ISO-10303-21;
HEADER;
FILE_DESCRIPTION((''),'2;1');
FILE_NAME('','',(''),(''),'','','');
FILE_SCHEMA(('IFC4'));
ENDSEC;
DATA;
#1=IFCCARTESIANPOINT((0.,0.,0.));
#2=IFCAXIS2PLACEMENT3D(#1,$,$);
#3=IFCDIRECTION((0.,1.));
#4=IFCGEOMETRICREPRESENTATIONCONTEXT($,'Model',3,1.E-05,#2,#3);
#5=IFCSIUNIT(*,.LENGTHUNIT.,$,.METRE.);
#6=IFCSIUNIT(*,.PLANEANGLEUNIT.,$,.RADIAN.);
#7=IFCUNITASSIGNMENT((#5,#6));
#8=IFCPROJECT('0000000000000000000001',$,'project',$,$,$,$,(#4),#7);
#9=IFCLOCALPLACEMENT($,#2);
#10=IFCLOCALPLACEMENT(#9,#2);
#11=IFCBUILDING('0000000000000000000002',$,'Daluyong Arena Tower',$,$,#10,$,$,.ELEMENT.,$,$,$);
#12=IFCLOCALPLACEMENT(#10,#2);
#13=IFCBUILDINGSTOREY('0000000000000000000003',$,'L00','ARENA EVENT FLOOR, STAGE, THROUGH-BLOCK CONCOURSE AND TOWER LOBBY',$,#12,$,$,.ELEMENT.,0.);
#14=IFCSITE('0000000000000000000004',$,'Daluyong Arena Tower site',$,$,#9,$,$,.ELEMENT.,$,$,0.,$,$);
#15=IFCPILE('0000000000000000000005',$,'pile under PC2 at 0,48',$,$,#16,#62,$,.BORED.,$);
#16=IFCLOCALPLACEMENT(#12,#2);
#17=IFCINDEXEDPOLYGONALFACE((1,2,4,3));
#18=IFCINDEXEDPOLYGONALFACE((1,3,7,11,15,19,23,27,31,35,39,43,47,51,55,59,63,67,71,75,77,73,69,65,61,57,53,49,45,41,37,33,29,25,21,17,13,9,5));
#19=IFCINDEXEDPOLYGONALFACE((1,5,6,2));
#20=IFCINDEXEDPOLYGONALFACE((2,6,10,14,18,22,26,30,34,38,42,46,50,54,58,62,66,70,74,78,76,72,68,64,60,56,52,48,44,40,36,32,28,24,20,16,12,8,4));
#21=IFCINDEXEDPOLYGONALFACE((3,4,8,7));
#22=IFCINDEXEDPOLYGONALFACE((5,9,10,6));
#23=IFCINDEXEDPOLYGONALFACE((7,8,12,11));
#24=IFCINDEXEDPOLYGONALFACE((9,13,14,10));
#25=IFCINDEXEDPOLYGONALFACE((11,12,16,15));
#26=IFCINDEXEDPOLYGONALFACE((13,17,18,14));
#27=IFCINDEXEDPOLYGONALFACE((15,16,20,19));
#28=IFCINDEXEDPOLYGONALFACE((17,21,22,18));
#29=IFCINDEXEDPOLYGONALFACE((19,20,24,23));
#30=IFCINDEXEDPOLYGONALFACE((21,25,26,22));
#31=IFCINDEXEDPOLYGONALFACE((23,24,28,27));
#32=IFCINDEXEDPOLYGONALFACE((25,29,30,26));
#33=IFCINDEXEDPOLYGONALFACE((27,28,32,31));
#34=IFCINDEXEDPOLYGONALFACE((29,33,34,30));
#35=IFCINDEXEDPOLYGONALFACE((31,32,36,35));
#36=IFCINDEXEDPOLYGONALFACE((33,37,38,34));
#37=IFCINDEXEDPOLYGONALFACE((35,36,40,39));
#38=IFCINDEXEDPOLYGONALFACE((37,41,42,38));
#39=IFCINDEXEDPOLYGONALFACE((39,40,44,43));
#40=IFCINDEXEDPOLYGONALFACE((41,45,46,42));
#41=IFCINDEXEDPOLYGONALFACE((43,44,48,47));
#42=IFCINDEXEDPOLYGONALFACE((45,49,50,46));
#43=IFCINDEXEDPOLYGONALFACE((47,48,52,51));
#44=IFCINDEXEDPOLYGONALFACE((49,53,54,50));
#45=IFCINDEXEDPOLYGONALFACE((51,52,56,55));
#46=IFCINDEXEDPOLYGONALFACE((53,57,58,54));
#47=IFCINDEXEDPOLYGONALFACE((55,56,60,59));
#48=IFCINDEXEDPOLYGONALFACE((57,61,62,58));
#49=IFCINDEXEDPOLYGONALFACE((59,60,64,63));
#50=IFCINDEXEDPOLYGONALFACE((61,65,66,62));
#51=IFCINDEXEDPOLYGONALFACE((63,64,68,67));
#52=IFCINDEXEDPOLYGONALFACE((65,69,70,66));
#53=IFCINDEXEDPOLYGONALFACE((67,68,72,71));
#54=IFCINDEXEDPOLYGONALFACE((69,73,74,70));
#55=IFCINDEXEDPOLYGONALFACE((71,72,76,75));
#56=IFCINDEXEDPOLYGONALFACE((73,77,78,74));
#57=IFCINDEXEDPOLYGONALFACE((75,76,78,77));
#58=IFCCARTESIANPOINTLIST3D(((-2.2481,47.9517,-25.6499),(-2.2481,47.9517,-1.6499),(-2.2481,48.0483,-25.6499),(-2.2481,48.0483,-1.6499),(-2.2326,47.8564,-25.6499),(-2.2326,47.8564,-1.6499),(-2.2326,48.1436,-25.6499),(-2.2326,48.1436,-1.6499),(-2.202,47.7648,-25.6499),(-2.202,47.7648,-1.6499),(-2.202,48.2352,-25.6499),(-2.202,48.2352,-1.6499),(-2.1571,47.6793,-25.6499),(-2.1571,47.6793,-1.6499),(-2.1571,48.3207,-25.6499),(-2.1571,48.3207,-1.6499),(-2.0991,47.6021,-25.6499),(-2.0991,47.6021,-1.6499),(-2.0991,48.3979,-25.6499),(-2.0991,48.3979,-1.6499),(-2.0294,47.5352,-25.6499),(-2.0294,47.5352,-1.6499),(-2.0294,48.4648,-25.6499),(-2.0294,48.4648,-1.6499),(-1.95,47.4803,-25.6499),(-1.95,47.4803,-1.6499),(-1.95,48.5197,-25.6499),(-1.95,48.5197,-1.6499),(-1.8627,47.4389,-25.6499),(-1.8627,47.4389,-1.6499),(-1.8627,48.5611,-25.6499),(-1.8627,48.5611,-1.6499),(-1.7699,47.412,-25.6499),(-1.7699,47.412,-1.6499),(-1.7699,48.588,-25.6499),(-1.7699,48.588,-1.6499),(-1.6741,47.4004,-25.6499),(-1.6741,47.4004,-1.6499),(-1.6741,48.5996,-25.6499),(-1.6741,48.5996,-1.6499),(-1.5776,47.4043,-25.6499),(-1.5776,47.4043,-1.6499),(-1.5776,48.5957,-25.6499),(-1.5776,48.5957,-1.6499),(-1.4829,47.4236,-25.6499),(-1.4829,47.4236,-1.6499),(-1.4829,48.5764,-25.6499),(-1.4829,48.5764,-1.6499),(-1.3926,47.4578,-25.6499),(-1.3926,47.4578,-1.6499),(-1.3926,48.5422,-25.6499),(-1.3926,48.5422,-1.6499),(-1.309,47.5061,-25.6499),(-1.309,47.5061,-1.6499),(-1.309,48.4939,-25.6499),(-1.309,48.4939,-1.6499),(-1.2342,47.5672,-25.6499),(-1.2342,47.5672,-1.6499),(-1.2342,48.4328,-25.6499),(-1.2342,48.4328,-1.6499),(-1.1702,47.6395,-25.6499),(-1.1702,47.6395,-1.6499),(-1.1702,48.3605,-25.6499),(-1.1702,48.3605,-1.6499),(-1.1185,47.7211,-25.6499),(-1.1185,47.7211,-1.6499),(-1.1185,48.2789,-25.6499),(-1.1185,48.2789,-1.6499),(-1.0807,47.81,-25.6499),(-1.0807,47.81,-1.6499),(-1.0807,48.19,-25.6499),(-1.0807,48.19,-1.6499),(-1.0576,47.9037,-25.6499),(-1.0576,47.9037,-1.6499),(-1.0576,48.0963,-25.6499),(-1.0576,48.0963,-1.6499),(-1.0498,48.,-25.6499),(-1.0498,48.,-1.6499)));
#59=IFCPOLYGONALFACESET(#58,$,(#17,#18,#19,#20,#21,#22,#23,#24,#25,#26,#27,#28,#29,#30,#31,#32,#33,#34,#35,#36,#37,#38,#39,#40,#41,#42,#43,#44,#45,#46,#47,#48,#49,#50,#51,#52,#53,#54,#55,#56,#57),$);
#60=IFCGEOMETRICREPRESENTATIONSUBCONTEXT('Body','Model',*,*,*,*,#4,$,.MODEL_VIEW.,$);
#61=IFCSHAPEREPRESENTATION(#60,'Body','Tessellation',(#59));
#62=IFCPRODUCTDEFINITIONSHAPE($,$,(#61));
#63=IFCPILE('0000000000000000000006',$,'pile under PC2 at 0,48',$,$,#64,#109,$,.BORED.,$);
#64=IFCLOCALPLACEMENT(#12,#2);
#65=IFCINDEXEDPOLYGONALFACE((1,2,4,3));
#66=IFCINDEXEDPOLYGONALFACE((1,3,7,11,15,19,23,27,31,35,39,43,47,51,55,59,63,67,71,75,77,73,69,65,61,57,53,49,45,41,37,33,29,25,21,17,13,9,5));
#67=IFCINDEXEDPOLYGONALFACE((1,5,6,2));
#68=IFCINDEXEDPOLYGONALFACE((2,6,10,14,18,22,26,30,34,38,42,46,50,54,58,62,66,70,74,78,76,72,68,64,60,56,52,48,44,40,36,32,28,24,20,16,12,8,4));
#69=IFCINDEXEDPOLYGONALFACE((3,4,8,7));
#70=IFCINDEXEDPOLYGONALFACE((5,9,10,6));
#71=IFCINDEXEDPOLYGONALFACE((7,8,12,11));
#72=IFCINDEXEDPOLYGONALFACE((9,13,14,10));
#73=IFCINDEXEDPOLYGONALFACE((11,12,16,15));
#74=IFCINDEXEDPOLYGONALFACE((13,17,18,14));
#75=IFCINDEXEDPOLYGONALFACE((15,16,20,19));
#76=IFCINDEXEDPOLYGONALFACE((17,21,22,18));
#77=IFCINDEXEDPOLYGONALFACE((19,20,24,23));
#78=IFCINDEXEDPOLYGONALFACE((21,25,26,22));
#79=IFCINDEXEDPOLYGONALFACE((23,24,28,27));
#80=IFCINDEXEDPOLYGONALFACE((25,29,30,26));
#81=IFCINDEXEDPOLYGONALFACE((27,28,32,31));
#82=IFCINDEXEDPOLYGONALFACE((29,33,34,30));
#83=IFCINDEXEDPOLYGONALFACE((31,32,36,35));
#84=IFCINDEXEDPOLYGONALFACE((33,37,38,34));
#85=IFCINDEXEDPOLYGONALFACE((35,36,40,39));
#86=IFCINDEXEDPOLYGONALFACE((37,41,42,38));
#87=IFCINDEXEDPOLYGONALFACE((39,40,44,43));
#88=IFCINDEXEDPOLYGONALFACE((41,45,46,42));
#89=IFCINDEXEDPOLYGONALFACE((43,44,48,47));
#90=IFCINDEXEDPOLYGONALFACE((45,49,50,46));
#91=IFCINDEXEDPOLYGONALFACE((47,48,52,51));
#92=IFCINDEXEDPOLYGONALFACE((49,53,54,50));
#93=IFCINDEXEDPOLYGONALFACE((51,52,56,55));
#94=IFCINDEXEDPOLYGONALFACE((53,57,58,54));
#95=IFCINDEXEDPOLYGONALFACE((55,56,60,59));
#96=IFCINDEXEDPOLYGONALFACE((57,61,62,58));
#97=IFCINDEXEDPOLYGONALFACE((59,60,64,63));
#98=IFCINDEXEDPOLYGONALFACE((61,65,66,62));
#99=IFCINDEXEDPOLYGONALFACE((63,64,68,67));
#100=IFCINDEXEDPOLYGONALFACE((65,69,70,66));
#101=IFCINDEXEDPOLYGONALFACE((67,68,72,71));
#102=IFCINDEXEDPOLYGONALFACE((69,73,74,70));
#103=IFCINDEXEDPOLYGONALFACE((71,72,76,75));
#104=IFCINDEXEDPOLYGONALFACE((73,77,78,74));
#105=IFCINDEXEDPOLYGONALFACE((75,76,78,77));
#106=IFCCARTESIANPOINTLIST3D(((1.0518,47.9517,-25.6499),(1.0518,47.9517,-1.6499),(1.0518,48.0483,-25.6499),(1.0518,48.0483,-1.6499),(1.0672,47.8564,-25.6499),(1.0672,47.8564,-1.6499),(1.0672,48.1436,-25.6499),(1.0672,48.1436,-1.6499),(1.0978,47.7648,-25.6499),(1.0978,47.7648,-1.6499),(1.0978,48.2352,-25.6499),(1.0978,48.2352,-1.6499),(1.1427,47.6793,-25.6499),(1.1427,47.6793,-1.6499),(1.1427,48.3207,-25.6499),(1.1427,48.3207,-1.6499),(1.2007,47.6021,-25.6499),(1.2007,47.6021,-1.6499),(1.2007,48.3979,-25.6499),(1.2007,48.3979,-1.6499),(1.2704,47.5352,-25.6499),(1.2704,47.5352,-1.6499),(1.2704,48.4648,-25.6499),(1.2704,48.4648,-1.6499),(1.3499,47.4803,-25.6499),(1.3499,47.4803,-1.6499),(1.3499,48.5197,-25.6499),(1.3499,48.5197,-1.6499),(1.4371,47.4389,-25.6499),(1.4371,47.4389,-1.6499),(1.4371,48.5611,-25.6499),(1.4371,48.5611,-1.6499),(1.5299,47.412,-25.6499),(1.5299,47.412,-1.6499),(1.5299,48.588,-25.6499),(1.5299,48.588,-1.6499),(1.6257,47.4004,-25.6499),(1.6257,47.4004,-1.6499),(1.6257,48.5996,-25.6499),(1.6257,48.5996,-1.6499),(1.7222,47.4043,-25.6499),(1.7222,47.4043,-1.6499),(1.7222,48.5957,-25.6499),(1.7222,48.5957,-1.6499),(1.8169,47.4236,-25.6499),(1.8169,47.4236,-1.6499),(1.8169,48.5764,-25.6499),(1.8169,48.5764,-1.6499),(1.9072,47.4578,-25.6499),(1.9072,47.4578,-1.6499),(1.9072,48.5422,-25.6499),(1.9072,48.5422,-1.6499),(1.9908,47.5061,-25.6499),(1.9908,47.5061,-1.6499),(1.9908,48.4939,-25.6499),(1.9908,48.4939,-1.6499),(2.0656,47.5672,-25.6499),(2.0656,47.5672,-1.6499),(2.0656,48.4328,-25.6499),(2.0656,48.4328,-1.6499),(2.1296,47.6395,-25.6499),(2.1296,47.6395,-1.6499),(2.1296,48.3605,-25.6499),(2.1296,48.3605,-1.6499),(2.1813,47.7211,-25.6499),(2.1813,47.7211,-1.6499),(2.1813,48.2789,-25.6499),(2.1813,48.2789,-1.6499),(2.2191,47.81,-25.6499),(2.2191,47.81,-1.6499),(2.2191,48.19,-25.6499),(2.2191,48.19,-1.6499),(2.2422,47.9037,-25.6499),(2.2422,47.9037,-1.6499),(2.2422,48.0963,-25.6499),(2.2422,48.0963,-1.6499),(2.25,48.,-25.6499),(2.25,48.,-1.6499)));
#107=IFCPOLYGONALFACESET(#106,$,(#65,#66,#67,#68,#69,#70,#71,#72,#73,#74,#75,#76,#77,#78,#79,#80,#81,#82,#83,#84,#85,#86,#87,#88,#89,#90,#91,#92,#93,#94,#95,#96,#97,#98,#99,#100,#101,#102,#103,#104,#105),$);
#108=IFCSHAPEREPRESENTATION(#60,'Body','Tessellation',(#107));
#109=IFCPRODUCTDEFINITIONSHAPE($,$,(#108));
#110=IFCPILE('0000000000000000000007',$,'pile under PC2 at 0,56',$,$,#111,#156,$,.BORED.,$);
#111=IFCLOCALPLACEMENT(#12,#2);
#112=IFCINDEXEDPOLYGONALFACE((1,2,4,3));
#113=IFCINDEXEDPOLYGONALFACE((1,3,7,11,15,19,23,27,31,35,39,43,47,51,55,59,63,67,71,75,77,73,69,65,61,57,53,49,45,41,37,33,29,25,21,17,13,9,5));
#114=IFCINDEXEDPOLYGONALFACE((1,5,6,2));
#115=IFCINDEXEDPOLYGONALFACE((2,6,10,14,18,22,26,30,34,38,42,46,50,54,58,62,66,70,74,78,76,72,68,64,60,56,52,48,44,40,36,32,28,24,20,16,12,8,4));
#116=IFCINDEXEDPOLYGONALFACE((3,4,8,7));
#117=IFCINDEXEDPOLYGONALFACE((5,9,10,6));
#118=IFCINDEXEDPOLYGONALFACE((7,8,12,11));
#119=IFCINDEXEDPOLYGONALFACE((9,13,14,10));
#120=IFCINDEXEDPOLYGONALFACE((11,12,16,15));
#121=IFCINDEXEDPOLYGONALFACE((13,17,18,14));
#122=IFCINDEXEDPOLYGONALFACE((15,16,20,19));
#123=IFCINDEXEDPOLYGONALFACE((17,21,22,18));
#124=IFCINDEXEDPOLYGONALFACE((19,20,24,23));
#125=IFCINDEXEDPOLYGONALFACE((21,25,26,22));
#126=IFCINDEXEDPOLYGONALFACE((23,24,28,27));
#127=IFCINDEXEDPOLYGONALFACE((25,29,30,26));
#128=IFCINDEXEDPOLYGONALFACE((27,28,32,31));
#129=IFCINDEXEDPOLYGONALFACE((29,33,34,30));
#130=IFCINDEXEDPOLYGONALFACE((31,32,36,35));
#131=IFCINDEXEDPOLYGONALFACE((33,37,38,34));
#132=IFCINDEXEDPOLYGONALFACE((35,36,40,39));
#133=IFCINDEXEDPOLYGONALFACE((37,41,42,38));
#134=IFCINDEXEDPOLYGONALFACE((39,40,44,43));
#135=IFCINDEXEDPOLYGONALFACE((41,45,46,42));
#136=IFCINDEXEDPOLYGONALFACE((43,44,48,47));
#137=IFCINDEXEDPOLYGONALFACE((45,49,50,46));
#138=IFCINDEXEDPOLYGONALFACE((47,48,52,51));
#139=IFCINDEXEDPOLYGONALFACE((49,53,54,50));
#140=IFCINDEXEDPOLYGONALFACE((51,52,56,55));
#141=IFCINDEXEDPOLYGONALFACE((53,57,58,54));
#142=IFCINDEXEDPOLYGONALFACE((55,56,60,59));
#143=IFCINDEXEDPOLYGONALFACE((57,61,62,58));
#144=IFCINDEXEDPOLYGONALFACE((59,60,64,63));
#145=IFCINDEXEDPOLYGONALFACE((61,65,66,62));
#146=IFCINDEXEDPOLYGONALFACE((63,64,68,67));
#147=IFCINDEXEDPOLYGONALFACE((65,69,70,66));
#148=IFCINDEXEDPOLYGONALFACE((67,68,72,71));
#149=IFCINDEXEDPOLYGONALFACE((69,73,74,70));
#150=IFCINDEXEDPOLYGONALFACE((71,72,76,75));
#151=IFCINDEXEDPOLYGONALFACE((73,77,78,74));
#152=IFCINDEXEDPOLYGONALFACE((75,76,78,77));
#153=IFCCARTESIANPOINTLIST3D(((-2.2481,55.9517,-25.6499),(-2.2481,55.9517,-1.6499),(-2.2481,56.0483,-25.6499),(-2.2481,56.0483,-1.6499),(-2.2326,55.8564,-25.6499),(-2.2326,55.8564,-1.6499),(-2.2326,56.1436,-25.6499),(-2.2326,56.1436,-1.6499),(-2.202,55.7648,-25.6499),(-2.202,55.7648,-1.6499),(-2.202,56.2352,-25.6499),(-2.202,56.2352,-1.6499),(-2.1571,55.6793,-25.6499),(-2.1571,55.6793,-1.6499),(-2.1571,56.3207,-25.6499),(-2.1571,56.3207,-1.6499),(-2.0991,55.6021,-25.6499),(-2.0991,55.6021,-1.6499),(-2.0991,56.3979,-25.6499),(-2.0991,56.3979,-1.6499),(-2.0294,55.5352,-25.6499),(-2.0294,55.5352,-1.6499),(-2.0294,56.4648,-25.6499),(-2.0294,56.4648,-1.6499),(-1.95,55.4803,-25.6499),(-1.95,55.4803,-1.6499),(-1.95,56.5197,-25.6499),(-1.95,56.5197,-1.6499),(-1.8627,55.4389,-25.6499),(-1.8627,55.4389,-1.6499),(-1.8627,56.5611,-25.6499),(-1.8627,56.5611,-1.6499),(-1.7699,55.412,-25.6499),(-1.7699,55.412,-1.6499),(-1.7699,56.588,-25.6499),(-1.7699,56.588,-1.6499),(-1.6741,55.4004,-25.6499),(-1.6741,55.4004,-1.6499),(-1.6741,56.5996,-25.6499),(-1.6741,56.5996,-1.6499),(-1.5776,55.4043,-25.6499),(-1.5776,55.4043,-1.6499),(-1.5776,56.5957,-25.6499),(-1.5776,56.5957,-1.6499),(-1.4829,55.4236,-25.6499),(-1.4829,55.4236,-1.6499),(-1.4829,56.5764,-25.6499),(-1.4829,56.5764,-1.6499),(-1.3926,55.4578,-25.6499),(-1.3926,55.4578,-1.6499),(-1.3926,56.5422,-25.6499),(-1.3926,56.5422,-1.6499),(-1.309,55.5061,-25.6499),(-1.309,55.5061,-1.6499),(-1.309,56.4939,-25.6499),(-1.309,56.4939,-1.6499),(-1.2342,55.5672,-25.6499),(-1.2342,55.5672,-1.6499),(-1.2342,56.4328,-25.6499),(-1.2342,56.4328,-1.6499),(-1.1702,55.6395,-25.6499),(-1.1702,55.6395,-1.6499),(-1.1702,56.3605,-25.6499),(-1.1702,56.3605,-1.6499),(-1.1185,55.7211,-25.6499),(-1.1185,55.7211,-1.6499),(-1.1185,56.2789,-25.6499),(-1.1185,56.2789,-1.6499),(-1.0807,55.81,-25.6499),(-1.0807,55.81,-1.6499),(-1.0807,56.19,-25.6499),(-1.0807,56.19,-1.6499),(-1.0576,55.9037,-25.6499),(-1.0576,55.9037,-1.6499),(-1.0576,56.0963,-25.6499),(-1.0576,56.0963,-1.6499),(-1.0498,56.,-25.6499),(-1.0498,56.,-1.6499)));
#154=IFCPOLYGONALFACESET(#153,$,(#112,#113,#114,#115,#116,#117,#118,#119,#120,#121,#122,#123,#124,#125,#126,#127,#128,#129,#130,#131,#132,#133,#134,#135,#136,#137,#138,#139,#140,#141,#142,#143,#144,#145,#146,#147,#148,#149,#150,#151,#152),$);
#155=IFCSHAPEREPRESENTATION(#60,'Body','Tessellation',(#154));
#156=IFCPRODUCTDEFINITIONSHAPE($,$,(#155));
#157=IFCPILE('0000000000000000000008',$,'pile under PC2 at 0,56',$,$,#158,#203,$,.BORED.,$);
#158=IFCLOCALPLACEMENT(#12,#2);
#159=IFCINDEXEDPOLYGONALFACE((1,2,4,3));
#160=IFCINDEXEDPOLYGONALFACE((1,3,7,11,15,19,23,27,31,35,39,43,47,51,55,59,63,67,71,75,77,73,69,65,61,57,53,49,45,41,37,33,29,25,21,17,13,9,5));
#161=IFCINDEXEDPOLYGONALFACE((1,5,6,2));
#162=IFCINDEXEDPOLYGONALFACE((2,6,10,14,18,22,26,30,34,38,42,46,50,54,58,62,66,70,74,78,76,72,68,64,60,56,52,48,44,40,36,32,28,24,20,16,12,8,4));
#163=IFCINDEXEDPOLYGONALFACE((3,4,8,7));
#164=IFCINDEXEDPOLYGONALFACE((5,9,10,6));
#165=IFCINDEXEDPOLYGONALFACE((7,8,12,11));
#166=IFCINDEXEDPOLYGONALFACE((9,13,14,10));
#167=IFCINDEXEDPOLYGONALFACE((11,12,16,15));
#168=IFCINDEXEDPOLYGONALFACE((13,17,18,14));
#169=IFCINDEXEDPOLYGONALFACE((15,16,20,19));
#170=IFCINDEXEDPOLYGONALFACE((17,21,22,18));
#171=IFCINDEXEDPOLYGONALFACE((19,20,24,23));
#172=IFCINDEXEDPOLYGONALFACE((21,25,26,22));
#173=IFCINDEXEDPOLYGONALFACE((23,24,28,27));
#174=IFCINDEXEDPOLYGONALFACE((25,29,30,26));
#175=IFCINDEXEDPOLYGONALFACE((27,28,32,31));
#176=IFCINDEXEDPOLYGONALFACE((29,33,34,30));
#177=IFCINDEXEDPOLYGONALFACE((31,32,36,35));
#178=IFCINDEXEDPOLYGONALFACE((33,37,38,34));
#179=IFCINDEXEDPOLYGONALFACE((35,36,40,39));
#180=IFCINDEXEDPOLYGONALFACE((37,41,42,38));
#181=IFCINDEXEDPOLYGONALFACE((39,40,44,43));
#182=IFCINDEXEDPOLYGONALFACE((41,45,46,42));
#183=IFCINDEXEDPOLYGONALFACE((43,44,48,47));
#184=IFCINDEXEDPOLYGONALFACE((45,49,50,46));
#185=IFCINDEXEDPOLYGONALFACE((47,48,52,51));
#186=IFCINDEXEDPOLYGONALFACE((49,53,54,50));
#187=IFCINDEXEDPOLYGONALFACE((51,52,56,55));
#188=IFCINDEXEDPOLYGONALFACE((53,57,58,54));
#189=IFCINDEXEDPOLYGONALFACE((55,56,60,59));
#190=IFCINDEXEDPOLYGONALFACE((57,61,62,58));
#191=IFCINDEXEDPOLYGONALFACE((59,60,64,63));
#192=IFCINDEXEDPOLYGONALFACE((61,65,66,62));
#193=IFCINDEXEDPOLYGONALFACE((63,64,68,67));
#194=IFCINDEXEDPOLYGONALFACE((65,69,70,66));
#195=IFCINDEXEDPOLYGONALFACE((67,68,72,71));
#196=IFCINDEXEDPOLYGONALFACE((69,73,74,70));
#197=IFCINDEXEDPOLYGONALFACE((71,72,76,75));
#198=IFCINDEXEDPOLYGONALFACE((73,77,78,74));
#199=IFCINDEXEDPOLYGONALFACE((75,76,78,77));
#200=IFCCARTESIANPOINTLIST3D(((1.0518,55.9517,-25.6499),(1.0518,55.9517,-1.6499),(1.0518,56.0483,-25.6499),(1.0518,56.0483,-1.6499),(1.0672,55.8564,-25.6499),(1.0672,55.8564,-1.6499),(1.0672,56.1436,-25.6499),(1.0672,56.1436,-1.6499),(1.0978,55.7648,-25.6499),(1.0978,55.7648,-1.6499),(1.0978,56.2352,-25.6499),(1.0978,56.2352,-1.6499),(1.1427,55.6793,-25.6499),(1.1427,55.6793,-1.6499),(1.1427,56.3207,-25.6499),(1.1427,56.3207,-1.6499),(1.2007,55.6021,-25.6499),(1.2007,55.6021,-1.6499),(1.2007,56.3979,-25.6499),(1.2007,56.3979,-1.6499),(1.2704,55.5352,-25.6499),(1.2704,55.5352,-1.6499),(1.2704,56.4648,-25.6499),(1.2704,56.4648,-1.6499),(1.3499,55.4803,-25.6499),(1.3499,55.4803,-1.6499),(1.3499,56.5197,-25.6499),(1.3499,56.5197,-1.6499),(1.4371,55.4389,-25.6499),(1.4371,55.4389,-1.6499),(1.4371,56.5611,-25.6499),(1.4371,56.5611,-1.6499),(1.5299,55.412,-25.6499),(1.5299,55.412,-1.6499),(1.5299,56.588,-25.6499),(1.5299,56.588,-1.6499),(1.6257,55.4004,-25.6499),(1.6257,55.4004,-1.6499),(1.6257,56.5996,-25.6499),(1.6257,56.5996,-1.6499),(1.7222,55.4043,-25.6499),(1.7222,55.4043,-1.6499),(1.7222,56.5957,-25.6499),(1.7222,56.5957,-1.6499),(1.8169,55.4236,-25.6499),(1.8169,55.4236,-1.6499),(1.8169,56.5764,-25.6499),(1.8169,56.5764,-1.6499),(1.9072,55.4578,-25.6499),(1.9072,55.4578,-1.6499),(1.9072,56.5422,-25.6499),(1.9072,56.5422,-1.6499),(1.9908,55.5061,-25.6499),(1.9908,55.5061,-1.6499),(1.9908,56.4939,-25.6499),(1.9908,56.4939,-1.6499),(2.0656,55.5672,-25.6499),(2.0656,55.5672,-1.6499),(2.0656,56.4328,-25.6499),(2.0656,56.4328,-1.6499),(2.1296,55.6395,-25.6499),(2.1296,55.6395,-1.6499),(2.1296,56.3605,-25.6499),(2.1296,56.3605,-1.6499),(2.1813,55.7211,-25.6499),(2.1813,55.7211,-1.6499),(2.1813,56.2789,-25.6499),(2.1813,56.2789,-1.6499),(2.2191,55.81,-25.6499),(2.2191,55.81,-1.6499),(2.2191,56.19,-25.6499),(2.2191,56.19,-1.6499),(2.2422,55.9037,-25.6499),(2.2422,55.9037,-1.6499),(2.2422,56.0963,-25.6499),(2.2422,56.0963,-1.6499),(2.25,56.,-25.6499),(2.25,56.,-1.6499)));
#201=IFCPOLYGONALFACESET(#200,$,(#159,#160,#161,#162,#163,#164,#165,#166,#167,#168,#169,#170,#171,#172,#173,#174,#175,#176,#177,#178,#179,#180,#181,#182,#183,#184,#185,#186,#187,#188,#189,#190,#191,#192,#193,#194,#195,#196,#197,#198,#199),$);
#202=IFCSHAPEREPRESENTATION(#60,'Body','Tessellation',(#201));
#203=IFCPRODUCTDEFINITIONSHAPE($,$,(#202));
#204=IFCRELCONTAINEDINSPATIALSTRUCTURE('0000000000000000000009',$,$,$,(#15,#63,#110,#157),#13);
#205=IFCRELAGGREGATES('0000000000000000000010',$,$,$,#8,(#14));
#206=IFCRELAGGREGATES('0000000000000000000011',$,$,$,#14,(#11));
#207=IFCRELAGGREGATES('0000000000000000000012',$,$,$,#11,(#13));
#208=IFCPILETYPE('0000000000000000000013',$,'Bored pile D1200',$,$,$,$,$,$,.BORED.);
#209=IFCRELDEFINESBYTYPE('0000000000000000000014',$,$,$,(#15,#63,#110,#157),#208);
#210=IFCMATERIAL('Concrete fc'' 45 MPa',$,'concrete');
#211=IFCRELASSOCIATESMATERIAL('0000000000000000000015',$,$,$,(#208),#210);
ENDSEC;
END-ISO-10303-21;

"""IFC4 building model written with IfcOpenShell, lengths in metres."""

from ifc_helpers import new_model, si_unit, direction, frame, origin, origin_2d, place, context, subcontext, project, spatial, circle, extrude, material, type_object, element, save


model = new_model("IFC4")

# Units and contexts
model_context = context("Model", 3, precision=1e-05, world=origin(), true_north=direction((0.0, 1.0)))
body_context = subcontext(model_context, "Body", "Model", "MODEL_VIEW")
ifc_project = project(units=[si_unit("LENGTHUNIT", "METRE"), si_unit("PLANEANGLEUNIT", "RADIAN")], contexts=[model_context])

# Site, building, storey
site_placement = place(None, origin())
site = spatial("IfcSite", under=ifc_project, at=site_placement, Name="Daluyong Arena Tower site", CompositionType="ELEMENT", RefElevation=0.0)
building_placement = place(site_placement, origin())
building = spatial("IfcBuilding", under=site, at=building_placement, Name="Daluyong Arena Tower", CompositionType="ELEMENT")
storey_placement = place(building_placement, origin())
storey = spatial("IfcBuildingStorey", under=building, at=storey_placement, Name="L00", Description="ARENA EVENT FLOOR, STAGE, THROUGH-BLOCK CONCOURSE AND TOWER LOBBY", CompositionType="ELEMENT", Elevation=0.0)

# Piles
ifc_material_1 = material(Name="Concrete fc' 45 MPa", Category="concrete")
pile_type = type_object("IfcPileType", Name="Bored pile D1200", PredefinedType="BORED", material=ifc_material_1)
for number, where, z_axis, x_axis, name in (
    (1, (-1.6499, 48.0, -1.6499), (0.0, 0.0, -1.0), (1.0, 0.0, 0.0), "pile under PC2 at 0,48"),
    (2, (1.6499, 48.0, -1.6499), (0.0, 0.0, -1.0), (1.0, 0.0, 0.0), "pile under PC2 at 0,48"),
    (3, (-1.6499, 56.0, -1.6499), (0.0, 0.0, -1.0), (1.0, 0.0, 0.0), "pile under PC2 at 0,56"),
    (4, (1.6499, 56.0, -1.6499), (0.0, 0.0, -1.0), (1.0, 0.0, 0.0), "pile under PC2 at 0,56"),
):
    element("IfcPile", number, at=place(storey_placement, frame(where, z_axis=z_axis, x_axis=x_axis)), inside=storey, type_object=pile_type, Name=name, PredefinedType="BORED", context=body_context, shape_type="SweptSolid", body=[
        extrude(circle(Radius=0.6001, at=origin_2d()), origin(), (0.0, 0.0, 1.0), 24.0),
    ])

save(model, "model.ifc")
